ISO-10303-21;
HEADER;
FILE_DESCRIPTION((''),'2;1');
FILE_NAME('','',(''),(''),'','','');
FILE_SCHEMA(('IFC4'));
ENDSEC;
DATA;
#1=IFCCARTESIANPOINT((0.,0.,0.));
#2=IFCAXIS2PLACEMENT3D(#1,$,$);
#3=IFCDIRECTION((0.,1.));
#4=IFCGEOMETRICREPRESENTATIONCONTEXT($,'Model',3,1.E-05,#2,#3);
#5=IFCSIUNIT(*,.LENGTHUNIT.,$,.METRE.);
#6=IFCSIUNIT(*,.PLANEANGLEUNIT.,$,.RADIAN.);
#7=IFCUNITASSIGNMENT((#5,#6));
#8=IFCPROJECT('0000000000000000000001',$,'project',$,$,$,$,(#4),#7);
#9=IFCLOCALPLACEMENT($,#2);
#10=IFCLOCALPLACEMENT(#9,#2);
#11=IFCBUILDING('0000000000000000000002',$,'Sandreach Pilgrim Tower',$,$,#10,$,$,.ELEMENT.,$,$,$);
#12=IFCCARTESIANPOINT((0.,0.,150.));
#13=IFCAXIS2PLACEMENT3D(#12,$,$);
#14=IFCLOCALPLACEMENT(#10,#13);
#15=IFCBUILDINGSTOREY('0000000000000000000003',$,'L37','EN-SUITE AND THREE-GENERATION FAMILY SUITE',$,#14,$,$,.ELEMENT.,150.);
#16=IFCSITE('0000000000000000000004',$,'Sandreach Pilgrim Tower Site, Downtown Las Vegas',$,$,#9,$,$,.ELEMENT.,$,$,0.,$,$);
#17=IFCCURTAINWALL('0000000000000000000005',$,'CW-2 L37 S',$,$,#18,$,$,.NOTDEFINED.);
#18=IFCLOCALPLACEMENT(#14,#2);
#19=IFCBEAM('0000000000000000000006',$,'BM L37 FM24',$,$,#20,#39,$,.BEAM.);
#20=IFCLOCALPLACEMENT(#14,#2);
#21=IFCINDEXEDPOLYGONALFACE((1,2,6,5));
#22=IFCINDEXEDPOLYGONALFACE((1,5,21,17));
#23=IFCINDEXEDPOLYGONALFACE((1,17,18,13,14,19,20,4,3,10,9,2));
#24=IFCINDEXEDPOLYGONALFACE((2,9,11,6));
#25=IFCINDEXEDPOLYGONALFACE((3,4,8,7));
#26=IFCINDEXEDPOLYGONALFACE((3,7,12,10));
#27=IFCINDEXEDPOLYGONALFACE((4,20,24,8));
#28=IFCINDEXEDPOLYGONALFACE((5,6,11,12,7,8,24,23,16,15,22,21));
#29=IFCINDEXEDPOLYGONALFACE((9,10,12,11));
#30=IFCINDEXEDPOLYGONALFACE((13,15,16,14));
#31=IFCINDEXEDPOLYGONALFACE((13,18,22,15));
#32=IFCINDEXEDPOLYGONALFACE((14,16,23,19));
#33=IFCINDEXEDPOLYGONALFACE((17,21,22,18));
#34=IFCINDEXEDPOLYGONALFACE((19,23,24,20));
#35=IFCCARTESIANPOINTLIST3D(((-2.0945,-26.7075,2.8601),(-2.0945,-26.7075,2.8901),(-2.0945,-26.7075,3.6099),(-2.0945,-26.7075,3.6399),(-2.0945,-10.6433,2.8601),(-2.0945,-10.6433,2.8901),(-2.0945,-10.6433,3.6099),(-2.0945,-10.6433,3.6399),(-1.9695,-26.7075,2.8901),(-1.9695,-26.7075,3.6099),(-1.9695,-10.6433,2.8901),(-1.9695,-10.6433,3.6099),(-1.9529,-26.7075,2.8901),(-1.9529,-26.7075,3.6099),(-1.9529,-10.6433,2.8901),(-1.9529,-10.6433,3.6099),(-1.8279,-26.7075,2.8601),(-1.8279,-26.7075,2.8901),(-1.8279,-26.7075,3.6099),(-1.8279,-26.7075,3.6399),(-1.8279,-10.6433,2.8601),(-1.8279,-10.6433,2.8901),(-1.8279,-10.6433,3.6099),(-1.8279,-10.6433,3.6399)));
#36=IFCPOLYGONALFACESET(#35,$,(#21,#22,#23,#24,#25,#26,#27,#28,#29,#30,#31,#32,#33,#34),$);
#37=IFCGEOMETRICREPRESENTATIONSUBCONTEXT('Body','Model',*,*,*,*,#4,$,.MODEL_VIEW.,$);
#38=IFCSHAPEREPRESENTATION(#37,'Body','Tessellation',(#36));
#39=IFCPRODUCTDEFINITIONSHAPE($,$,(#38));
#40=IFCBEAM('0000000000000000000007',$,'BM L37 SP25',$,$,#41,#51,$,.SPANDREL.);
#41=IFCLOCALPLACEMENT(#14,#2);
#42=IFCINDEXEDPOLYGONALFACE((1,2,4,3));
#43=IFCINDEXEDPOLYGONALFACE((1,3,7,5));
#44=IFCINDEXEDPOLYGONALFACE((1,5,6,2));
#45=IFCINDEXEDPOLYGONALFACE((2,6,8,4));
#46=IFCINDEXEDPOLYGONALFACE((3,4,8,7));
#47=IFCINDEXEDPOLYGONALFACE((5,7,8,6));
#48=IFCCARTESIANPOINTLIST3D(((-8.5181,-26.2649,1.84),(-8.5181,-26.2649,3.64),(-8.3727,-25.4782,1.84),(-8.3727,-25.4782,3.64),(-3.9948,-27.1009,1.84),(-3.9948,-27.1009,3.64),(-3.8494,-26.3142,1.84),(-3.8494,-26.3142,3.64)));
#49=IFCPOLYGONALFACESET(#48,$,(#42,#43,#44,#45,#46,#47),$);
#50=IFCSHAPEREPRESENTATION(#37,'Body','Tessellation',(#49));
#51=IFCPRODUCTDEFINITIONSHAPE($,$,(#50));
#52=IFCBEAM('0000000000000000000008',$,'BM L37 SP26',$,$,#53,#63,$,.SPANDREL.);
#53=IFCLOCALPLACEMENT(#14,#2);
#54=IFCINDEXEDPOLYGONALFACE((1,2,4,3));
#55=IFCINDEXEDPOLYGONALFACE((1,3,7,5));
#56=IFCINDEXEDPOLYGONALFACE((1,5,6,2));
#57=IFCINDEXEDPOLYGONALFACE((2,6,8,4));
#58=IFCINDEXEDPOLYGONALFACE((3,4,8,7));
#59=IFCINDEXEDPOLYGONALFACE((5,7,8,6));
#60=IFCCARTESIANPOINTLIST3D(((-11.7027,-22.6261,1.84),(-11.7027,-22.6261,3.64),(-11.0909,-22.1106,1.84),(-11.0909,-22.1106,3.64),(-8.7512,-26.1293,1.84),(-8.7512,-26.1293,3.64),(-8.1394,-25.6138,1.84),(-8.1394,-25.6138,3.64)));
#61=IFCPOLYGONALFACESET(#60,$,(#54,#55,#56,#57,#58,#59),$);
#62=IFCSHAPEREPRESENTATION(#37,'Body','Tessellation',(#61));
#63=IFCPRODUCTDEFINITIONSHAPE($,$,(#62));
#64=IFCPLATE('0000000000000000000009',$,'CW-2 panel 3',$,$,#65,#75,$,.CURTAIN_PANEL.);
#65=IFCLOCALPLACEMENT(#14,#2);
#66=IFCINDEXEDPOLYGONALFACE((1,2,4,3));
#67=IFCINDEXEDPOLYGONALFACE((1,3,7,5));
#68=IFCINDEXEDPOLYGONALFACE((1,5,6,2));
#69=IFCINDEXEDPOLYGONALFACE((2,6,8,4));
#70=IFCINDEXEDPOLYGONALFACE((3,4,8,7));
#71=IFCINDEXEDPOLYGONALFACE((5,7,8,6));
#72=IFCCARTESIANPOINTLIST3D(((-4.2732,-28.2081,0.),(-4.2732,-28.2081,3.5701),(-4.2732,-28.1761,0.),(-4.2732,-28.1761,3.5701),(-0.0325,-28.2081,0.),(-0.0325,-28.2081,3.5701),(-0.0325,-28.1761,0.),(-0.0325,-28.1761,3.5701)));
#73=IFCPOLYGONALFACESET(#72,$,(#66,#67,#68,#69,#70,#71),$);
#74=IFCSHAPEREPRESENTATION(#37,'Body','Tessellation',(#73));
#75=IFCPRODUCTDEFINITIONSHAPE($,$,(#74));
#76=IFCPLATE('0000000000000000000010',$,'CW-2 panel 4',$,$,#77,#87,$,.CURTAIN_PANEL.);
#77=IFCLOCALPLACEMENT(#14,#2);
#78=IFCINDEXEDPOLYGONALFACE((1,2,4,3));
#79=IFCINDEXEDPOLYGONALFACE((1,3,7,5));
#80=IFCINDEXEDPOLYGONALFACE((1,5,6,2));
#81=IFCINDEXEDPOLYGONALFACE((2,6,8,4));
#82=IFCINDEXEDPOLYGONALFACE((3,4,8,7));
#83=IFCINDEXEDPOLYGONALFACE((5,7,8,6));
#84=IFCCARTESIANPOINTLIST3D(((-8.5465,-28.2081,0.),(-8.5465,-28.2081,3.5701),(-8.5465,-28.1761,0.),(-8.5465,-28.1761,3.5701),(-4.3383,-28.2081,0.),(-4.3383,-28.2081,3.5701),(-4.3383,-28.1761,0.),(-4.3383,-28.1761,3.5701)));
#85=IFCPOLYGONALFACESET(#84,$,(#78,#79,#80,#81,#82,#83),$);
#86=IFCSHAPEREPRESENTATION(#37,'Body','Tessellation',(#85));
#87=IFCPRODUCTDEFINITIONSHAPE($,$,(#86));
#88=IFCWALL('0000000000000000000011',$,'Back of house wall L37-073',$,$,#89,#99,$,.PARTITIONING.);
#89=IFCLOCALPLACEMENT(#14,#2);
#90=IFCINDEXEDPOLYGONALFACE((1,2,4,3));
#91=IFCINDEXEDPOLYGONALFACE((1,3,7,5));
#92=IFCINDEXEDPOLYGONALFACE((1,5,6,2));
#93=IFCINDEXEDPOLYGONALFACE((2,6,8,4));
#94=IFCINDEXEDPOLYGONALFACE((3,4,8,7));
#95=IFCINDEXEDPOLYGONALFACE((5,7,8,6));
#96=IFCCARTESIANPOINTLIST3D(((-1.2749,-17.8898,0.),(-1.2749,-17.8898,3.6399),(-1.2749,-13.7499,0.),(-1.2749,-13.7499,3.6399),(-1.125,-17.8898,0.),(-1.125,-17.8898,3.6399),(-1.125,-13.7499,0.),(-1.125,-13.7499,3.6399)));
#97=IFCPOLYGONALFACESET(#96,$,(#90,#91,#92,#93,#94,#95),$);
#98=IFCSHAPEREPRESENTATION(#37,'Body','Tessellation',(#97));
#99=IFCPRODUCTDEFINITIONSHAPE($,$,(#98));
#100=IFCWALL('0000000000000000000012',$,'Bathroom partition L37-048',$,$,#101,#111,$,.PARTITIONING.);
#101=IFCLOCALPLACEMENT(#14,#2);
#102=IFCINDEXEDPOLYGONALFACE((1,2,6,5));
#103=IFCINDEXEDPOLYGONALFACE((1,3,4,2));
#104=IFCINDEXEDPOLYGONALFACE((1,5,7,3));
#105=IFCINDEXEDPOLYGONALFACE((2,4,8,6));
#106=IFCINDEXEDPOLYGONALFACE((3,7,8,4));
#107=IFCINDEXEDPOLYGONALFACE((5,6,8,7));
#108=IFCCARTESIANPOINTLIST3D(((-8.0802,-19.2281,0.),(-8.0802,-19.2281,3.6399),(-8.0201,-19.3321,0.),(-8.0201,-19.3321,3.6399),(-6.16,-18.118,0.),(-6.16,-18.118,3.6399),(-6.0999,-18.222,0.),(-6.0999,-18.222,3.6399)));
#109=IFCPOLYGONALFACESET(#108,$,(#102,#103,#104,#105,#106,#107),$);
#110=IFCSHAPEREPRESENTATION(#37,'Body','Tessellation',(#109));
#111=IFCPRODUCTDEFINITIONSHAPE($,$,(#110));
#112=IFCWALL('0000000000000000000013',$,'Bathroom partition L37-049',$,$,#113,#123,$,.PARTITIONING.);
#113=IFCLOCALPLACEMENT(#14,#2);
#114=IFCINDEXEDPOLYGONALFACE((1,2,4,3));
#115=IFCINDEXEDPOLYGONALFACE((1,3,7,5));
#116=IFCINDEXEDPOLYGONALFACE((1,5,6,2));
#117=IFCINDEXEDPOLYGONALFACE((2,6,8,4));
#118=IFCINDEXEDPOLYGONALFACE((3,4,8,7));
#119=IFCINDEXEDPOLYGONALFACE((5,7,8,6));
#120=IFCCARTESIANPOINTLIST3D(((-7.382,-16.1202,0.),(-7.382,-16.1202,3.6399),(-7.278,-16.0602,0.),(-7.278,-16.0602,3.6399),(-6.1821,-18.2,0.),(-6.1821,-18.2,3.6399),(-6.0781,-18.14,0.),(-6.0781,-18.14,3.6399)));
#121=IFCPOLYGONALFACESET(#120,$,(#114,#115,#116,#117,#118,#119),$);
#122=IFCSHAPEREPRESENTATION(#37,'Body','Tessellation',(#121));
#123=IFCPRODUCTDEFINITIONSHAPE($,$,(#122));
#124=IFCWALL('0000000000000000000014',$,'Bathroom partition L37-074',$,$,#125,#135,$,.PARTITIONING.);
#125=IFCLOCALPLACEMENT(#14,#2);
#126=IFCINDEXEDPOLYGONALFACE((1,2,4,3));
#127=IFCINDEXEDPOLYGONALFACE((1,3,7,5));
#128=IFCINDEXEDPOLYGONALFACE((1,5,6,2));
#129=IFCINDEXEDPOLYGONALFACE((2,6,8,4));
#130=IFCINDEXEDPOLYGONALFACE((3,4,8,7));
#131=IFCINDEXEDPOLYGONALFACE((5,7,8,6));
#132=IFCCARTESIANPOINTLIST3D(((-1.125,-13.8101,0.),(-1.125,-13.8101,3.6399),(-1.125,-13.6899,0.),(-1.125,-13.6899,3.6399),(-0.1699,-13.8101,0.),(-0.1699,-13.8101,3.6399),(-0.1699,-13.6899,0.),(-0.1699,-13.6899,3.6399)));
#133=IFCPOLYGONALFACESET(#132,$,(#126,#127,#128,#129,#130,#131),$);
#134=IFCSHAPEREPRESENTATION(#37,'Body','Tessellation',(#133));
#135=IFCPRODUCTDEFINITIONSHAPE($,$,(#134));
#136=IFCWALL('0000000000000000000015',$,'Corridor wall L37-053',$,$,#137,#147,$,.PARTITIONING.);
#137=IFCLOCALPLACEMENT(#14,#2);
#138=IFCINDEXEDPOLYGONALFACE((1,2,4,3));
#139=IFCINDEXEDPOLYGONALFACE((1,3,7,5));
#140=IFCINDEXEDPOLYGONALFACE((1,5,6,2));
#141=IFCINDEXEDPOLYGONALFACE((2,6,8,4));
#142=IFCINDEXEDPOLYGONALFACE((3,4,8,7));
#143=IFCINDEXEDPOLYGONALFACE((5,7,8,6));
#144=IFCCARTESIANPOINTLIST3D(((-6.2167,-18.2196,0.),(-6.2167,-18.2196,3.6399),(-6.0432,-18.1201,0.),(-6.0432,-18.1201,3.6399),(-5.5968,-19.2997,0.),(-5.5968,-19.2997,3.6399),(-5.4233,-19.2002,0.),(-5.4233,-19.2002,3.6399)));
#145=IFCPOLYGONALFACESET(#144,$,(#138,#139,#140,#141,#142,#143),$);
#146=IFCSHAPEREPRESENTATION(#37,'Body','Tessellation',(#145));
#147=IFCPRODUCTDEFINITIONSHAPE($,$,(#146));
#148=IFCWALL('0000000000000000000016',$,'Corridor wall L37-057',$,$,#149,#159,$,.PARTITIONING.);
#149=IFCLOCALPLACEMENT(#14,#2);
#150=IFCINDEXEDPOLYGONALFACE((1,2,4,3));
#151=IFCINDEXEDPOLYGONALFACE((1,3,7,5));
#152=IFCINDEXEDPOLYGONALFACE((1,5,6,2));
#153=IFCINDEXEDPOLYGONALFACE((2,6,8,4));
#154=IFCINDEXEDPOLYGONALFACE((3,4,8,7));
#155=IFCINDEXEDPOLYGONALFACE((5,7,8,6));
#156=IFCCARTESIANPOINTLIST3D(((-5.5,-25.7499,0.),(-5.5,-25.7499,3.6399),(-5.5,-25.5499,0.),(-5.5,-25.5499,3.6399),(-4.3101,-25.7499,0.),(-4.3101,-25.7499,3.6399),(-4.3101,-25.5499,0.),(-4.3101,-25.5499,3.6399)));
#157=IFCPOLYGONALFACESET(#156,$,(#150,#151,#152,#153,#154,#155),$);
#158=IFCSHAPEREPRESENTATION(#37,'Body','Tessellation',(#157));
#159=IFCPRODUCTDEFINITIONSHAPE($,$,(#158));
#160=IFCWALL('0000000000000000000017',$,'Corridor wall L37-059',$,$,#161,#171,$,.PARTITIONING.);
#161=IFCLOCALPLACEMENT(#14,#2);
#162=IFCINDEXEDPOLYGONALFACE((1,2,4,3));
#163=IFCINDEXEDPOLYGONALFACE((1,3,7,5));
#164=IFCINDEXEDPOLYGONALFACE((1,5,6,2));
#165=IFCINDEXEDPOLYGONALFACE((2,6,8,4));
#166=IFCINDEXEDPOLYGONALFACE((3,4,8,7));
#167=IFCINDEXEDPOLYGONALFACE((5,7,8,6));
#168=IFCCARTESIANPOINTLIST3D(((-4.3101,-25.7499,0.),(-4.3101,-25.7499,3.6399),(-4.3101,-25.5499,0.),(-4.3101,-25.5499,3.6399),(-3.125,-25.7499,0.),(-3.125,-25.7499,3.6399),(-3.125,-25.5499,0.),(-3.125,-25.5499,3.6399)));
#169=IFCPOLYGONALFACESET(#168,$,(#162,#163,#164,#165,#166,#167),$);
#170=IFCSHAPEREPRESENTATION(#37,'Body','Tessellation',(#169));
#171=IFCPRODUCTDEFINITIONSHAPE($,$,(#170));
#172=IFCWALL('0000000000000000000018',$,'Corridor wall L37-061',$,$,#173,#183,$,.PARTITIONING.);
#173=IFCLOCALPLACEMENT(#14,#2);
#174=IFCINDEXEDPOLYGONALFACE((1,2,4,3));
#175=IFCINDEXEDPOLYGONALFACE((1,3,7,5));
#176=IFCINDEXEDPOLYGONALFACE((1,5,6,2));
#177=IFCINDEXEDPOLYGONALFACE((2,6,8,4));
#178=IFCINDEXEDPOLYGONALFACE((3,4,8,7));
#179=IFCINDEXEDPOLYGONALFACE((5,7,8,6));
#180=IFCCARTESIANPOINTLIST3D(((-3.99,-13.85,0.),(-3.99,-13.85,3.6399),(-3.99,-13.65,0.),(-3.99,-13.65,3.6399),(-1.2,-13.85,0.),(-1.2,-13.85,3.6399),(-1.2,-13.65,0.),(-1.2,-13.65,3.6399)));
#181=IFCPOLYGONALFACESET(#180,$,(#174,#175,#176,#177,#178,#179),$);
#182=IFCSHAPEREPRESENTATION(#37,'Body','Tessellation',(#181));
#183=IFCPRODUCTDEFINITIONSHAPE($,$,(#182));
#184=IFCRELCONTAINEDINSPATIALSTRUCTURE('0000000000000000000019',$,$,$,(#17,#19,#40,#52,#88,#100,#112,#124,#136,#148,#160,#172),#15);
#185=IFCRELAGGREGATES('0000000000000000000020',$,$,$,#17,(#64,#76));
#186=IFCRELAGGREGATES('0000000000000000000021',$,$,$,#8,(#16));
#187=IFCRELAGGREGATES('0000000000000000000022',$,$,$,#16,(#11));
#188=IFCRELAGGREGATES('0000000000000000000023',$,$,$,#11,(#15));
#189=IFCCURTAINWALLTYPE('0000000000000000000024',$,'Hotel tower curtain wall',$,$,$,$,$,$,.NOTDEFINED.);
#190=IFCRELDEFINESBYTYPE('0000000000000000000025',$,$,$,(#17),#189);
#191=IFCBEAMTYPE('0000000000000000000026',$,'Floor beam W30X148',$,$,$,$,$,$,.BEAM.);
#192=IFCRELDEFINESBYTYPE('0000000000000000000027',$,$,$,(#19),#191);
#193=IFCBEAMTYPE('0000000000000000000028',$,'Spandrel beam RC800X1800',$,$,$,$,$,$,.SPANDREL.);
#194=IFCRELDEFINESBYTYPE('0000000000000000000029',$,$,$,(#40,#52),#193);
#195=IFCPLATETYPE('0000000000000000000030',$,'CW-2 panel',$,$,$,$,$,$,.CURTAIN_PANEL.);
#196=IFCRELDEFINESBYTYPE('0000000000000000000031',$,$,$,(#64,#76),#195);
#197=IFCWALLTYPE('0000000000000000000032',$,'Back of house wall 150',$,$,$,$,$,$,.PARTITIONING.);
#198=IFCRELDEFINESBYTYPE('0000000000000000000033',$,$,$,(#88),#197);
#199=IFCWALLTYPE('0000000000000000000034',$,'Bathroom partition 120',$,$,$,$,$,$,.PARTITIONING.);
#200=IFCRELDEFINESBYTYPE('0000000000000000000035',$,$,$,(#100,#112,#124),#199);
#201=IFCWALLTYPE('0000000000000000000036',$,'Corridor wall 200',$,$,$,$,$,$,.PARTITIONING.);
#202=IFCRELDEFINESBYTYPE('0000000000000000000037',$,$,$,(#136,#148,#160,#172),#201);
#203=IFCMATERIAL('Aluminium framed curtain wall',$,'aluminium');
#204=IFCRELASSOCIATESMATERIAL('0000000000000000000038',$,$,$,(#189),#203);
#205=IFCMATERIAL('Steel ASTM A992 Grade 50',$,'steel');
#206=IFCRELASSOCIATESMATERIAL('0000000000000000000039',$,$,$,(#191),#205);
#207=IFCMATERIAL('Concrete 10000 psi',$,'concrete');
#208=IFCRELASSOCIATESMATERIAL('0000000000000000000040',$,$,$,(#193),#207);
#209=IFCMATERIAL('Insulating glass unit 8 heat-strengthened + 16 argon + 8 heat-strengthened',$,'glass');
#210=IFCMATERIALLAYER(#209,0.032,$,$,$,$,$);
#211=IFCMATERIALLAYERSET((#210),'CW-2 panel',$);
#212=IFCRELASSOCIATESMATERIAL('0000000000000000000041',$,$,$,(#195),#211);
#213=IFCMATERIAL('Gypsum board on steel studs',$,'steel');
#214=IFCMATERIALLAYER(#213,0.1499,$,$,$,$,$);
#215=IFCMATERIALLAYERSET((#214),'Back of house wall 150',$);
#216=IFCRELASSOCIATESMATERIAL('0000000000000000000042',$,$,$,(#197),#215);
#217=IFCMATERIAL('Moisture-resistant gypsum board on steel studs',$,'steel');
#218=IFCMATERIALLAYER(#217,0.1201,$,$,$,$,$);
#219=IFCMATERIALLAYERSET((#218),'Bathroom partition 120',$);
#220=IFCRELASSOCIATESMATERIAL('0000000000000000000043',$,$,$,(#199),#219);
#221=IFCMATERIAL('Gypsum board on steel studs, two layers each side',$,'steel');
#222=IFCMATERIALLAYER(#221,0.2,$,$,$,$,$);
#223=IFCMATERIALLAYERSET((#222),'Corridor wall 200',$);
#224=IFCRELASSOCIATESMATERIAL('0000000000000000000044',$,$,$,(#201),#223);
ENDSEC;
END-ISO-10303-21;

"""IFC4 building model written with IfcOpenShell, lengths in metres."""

from ifc_helpers import new_model, si_unit, direction, frame, frame_2d, origin, origin_2d, place, context, subcontext, project, spatial, rectangle, i_section, extrude, material, layer, layer_set, material_profile, profile_set, type_object, element, aggregate, save


model = new_model("IFC4")

# Units and contexts
model_context = context("Model", 3, precision=1e-05, world=origin(), true_north=direction((0.0, 1.0)))
body_context = subcontext(model_context, "Body", "Model", "MODEL_VIEW")
ifc_project = project(units=[si_unit("LENGTHUNIT", "METRE"), si_unit("PLANEANGLEUNIT", "RADIAN")], contexts=[model_context])

# Site, building, storey
site_placement = place(None, origin())
site = spatial("IfcSite", under=ifc_project, at=site_placement, Name="Sandreach Pilgrim Tower Site, Downtown Las Vegas", CompositionType="ELEMENT", RefElevation=0.0)
building_placement = place(site_placement, origin())
building = spatial("IfcBuilding", under=site, at=building_placement, Name="Sandreach Pilgrim Tower", CompositionType="ELEMENT")
storey_placement = place(building_placement, frame((0.0, 0.0, 150.0)))
storey = spatial("IfcBuildingStorey", under=building, at=storey_placement, Name="L37", Description="EN-SUITE AND THREE-GENERATION FAMILY SUITE", CompositionType="ELEMENT", Elevation=150.0)

# Curtain wall
ifc_material_1 = material(Name="Aluminium framed curtain wall", Category="aluminium")
curtain_wall_type = type_object("IfcCurtainWallType", Name="Hotel tower curtain wall", PredefinedType="NOTDEFINED", material=ifc_material_1)
curtain_wall_placement = place(storey_placement, origin())
curtain_wall = element("IfcCurtainWall", 1, at=curtain_wall_placement, inside=storey, type_object=curtain_wall_type, Name="CW-2 L37 S", PredefinedType="NOTDEFINED")

# Beams
ifc_material_2 = material(Name="Steel ASTM A992 Grade 50", Category="steel")
ifc_material_profile_1 = material_profile(ifc_material_2, i_section(OverallWidth=0.2666, OverallDepth=0.7798, WebThickness=0.0166, FlangeThickness=0.03, at=origin_2d()), Name="W30X148")
ifc_profile_set_1 = profile_set([ifc_material_profile_1], Name="Steel ASTM A992 Grade 50")
beam_type_1 = type_object("IfcBeamType", Name="Floor beam W30X148", PredefinedType="BEAM", material=ifc_profile_set_1)
beam_1_placement = place(storey_placement, frame((-1.9612, -26.7075, 3.25), z_axis=(0.0, 1.0, 0.0), x_axis=(-1.0, 0.0, 0.0)))
element("IfcBeam", 2, at=beam_1_placement, inside=storey, type_object=beam_type_1, Name="BM L37 FM24", PredefinedType="BEAM", context=body_context, shape_type="SweptSolid", body=[
    extrude(i_section(OverallWidth=0.2666, OverallDepth=0.7798, WebThickness=0.0166, FlangeThickness=0.03, at=origin_2d()), origin(), (0.0, 0.0, 1.0), 16.0642),
])
ifc_material_3 = material(Name="Concrete 10000 psi", Category="concrete")
ifc_material_profile_2 = material_profile(ifc_material_3, rectangle(XDim=0.8, YDim=1.8, at=origin_2d()), Name="RC800X1800")
ifc_profile_set_2 = profile_set([ifc_material_profile_2], Name="Concrete 10000 psi")
beam_type_2 = type_object("IfcBeamType", Name="Spandrel beam RC800X1800", PredefinedType="SPANDREL", material=ifc_profile_set_2)
beam_2_placement = place(storey_placement, frame((-3.9221, -26.7075, 2.74), z_axis=(-0.983348, 0.181734, 0.0), x_axis=(-0.181734, -0.983348, 0.0)))
element("IfcBeam", 3, at=beam_2_placement, inside=storey, type_object=beam_type_2, Name="BM L37 SP25", PredefinedType="SPANDREL", context=body_context, shape_type="SweptSolid", body=[
    extrude(rectangle(XDim=0.8, YDim=1.8, at=origin_2d()), origin(), (0.0, 0.0, 1.0), 4.5999),
])
beam_3_placement = place(storey_placement, frame((-8.4453, -25.8716, 2.74), z_axis=(-0.644311, 0.764763, 0.0), x_axis=(-0.764763, -0.644311, 0.0)))
element("IfcBeam", 4, at=beam_3_placement, inside=storey, type_object=beam_type_2, Name="BM L37 SP26", PredefinedType="SPANDREL", context=body_context, shape_type="SweptSolid", body=[
    extrude(rectangle(XDim=0.8, YDim=1.8, at=origin_2d()), origin(), (0.0, 0.0, 1.0), 4.5808),
])

# Plates
ifc_material_4 = material(Name="Insulating glass unit 8 heat-strengthened + 16 argon + 8 heat-strengthened", Category="glass")
ifc_layer_1 = layer(ifc_material_4, 0.032)
ifc_layer_set_1 = layer_set([ifc_layer_1], Name="CW-2 panel")
plate_type = type_object("IfcPlateType", Name="CW-2 panel", PredefinedType="CURTAIN_PANEL", material=ifc_layer_set_1)
plate_1_placement = place(storey_placement, frame((-2.1528, -28.1921, 0.0), z_axis=(0.0, 0.0, 1.0), x_axis=(-1.0, 0.0, 0.0)))
plate_1 = element("IfcPlate", 5, at=plate_1_placement, type_object=plate_type, Name="CW-2 panel 3", PredefinedType="CURTAIN_PANEL", context=body_context, shape_type="SweptSolid", body=[
    extrude(rectangle(XDim=4.2407, YDim=0.032, at=origin_2d()), origin(), (0.0, 0.0, 1.0), 3.5701),
])
plate_2_placement = place(storey_placement, frame((-6.4424, -28.1921, 0.0), z_axis=(0.0, 0.0, 1.0), x_axis=(-1.0, 0.0, 0.0)))
plate_2 = element("IfcPlate", 6, at=plate_2_placement, type_object=plate_type, Name="CW-2 panel 4", PredefinedType="CURTAIN_PANEL", context=body_context, shape_type="SweptSolid", body=[
    extrude(rectangle(XDim=4.2083, YDim=0.032, at=origin_2d()), origin(), (0.0, 0.0, 1.0), 3.5701),
])
aggregate(curtain_wall, [plate_1, plate_2])

# Walls
ifc_material_5 = material(Name="Gypsum board on steel studs", Category="steel")
ifc_layer_2 = layer(ifc_material_5, 0.1499)
ifc_layer_set_2 = layer_set([ifc_layer_2], Name="Back of house wall 150")
wall_type_1 = type_object("IfcWallType", Name="Back of house wall 150", PredefinedType="PARTITIONING", material=ifc_layer_set_2)
wall_1_placement = place(storey_placement, frame((-1.2, -13.75, 0.0), z_axis=(0.0, 0.0, 1.0), x_axis=(0.0, -1.0, 0.0)))
element("IfcWall", 7, at=wall_1_placement, inside=storey, type_object=wall_type_1, Name="Back of house wall L37-073", PredefinedType="PARTITIONING", context=body_context, shape_type="SweptSolid", body=[
    extrude(rectangle(XDim=4.1399, YDim=0.1499, at=frame_2d((2.0698, 0.0))), origin(), (0.0, 0.0, 1.0), 3.6399),
])
ifc_material_6 = material(Name="Moisture-resistant gypsum board on steel studs", Category="steel")
ifc_layer_3 = layer(ifc_material_6, 0.1201)
ifc_layer_set_3 = layer_set([ifc_layer_3], Name="Bathroom partition 120")
wall_type_2 = type_object("IfcWallType", Name="Bathroom partition 120", PredefinedType="PARTITIONING", material=ifc_layer_set_3)
wall_2_placement = place(storey_placement, frame((-8.05, -19.28, 0.0), z_axis=(0.0, 0.0, 1.0), x_axis=(0.865733, 0.500507, 0.0)))
element("IfcWall", 8, at=wall_2_placement, inside=storey, type_object=wall_type_2, Name="Bathroom partition L37-048", PredefinedType="PARTITIONING", context=body_context, shape_type="SweptSolid", body=[
    extrude(rectangle(XDim=2.218, YDim=0.1201, at=frame_2d((1.1089, 0.0))), origin(), (0.0, 0.0, 1.0), 3.6399),
])
wall_3_placement = place(storey_placement, frame((-7.3301, -16.0901, 0.0), z_axis=(0.0, 0.0, 1.0), x_axis=(0.499737, -0.866177, 0.0)))
element("IfcWall", 9, at=wall_3_placement, inside=storey, type_object=wall_type_2, Name="Bathroom partition L37-049", PredefinedType="PARTITIONING", context=body_context, shape_type="SweptSolid", body=[
    extrude(rectangle(XDim=2.4011, YDim=0.1201, at=frame_2d((1.2007, 0.0))), origin(), (0.0, 0.0, 1.0), 3.6399),
])
wall_4_placement = place(storey_placement, frame((-1.125, -13.75, 0.0), z_axis=(0.0, 0.0, 1.0), x_axis=(1.0, 0.0, 0.0)))
element("IfcWall", 10, at=wall_4_placement, inside=storey, type_object=wall_type_2, Name="Bathroom partition L37-074", PredefinedType="PARTITIONING", context=body_context, shape_type="SweptSolid", body=[
    extrude(rectangle(XDim=0.9551, YDim=0.1201, at=frame_2d((0.4775, 0.0))), origin(), (0.0, 0.0, 1.0), 3.6399),
])
ifc_material_7 = material(Name="Gypsum board on steel studs, two layers each side", Category="steel")
ifc_layer_4 = layer(ifc_material_7, 0.2)
ifc_layer_set_4 = layer_set([ifc_layer_4], Name="Corridor wall 200")
wall_type_3 = type_object("IfcWallType", Name="Corridor wall 200", PredefinedType="PARTITIONING", material=ifc_layer_set_4)
wall_5_placement = place(storey_placement, frame((-6.1299, -18.1699, 0.0), z_axis=(0.0, 0.0, 1.0), x_axis=(0.497764, -0.867313, 0.0)))
element("IfcWall", 11, at=wall_5_placement, inside=storey, type_object=wall_type_3, Name="Corridor wall L37-053", PredefinedType="PARTITIONING", context=body_context, shape_type="SweptSolid", body=[
    extrude(rectangle(XDim=1.2454, YDim=0.2, at=frame_2d((0.6226, 0.0))), origin(), (0.0, 0.0, 1.0), 3.6399),
])

# Walls
wall_6_placement = place(storey_placement, frame((-5.5, -25.6499, 0.0), z_axis=(0.0, 0.0, 1.0), x_axis=(1.0, 0.0, 0.0)))
element("IfcWall", 12, at=wall_6_placement, inside=storey, type_object=wall_type_3, Name="Corridor wall L37-057", PredefinedType="PARTITIONING", context=body_context, shape_type="SweptSolid", body=[
    extrude(rectangle(XDim=1.1899, YDim=0.2, at=frame_2d((0.595, 0.0))), origin(), (0.0, 0.0, 1.0), 3.6399),
])
wall_7_placement = place(storey_placement, frame((-4.3101, -25.6499, 0.0), z_axis=(0.0, 0.0, 1.0), x_axis=(1.0, 0.0, 0.0)))
element("IfcWall", 13, at=wall_7_placement, inside=storey, type_object=wall_type_3, Name="Corridor wall L37-059", PredefinedType="PARTITIONING", context=body_context, shape_type="SweptSolid", body=[
    extrude(rectangle(XDim=1.1851, YDim=0.2, at=frame_2d((0.5925, 0.0))), origin(), (0.0, 0.0, 1.0), 3.6399),
])

# Wall
wall_8_placement = place(storey_placement, frame((-3.99, -13.75, 0.0), z_axis=(0.0, 0.0, 1.0), x_axis=(1.0, 0.0, 0.0)))
element("IfcWall", 14, at=wall_8_placement, inside=storey, type_object=wall_type_3, Name="Corridor wall L37-061", PredefinedType="PARTITIONING", context=body_context, shape_type="SweptSolid", body=[
    extrude(rectangle(XDim=2.79, YDim=0.2, at=frame_2d((1.395, 0.0))), origin(), (0.0, 0.0, 1.0), 3.6399),
])

save(model, "model.ifc")
